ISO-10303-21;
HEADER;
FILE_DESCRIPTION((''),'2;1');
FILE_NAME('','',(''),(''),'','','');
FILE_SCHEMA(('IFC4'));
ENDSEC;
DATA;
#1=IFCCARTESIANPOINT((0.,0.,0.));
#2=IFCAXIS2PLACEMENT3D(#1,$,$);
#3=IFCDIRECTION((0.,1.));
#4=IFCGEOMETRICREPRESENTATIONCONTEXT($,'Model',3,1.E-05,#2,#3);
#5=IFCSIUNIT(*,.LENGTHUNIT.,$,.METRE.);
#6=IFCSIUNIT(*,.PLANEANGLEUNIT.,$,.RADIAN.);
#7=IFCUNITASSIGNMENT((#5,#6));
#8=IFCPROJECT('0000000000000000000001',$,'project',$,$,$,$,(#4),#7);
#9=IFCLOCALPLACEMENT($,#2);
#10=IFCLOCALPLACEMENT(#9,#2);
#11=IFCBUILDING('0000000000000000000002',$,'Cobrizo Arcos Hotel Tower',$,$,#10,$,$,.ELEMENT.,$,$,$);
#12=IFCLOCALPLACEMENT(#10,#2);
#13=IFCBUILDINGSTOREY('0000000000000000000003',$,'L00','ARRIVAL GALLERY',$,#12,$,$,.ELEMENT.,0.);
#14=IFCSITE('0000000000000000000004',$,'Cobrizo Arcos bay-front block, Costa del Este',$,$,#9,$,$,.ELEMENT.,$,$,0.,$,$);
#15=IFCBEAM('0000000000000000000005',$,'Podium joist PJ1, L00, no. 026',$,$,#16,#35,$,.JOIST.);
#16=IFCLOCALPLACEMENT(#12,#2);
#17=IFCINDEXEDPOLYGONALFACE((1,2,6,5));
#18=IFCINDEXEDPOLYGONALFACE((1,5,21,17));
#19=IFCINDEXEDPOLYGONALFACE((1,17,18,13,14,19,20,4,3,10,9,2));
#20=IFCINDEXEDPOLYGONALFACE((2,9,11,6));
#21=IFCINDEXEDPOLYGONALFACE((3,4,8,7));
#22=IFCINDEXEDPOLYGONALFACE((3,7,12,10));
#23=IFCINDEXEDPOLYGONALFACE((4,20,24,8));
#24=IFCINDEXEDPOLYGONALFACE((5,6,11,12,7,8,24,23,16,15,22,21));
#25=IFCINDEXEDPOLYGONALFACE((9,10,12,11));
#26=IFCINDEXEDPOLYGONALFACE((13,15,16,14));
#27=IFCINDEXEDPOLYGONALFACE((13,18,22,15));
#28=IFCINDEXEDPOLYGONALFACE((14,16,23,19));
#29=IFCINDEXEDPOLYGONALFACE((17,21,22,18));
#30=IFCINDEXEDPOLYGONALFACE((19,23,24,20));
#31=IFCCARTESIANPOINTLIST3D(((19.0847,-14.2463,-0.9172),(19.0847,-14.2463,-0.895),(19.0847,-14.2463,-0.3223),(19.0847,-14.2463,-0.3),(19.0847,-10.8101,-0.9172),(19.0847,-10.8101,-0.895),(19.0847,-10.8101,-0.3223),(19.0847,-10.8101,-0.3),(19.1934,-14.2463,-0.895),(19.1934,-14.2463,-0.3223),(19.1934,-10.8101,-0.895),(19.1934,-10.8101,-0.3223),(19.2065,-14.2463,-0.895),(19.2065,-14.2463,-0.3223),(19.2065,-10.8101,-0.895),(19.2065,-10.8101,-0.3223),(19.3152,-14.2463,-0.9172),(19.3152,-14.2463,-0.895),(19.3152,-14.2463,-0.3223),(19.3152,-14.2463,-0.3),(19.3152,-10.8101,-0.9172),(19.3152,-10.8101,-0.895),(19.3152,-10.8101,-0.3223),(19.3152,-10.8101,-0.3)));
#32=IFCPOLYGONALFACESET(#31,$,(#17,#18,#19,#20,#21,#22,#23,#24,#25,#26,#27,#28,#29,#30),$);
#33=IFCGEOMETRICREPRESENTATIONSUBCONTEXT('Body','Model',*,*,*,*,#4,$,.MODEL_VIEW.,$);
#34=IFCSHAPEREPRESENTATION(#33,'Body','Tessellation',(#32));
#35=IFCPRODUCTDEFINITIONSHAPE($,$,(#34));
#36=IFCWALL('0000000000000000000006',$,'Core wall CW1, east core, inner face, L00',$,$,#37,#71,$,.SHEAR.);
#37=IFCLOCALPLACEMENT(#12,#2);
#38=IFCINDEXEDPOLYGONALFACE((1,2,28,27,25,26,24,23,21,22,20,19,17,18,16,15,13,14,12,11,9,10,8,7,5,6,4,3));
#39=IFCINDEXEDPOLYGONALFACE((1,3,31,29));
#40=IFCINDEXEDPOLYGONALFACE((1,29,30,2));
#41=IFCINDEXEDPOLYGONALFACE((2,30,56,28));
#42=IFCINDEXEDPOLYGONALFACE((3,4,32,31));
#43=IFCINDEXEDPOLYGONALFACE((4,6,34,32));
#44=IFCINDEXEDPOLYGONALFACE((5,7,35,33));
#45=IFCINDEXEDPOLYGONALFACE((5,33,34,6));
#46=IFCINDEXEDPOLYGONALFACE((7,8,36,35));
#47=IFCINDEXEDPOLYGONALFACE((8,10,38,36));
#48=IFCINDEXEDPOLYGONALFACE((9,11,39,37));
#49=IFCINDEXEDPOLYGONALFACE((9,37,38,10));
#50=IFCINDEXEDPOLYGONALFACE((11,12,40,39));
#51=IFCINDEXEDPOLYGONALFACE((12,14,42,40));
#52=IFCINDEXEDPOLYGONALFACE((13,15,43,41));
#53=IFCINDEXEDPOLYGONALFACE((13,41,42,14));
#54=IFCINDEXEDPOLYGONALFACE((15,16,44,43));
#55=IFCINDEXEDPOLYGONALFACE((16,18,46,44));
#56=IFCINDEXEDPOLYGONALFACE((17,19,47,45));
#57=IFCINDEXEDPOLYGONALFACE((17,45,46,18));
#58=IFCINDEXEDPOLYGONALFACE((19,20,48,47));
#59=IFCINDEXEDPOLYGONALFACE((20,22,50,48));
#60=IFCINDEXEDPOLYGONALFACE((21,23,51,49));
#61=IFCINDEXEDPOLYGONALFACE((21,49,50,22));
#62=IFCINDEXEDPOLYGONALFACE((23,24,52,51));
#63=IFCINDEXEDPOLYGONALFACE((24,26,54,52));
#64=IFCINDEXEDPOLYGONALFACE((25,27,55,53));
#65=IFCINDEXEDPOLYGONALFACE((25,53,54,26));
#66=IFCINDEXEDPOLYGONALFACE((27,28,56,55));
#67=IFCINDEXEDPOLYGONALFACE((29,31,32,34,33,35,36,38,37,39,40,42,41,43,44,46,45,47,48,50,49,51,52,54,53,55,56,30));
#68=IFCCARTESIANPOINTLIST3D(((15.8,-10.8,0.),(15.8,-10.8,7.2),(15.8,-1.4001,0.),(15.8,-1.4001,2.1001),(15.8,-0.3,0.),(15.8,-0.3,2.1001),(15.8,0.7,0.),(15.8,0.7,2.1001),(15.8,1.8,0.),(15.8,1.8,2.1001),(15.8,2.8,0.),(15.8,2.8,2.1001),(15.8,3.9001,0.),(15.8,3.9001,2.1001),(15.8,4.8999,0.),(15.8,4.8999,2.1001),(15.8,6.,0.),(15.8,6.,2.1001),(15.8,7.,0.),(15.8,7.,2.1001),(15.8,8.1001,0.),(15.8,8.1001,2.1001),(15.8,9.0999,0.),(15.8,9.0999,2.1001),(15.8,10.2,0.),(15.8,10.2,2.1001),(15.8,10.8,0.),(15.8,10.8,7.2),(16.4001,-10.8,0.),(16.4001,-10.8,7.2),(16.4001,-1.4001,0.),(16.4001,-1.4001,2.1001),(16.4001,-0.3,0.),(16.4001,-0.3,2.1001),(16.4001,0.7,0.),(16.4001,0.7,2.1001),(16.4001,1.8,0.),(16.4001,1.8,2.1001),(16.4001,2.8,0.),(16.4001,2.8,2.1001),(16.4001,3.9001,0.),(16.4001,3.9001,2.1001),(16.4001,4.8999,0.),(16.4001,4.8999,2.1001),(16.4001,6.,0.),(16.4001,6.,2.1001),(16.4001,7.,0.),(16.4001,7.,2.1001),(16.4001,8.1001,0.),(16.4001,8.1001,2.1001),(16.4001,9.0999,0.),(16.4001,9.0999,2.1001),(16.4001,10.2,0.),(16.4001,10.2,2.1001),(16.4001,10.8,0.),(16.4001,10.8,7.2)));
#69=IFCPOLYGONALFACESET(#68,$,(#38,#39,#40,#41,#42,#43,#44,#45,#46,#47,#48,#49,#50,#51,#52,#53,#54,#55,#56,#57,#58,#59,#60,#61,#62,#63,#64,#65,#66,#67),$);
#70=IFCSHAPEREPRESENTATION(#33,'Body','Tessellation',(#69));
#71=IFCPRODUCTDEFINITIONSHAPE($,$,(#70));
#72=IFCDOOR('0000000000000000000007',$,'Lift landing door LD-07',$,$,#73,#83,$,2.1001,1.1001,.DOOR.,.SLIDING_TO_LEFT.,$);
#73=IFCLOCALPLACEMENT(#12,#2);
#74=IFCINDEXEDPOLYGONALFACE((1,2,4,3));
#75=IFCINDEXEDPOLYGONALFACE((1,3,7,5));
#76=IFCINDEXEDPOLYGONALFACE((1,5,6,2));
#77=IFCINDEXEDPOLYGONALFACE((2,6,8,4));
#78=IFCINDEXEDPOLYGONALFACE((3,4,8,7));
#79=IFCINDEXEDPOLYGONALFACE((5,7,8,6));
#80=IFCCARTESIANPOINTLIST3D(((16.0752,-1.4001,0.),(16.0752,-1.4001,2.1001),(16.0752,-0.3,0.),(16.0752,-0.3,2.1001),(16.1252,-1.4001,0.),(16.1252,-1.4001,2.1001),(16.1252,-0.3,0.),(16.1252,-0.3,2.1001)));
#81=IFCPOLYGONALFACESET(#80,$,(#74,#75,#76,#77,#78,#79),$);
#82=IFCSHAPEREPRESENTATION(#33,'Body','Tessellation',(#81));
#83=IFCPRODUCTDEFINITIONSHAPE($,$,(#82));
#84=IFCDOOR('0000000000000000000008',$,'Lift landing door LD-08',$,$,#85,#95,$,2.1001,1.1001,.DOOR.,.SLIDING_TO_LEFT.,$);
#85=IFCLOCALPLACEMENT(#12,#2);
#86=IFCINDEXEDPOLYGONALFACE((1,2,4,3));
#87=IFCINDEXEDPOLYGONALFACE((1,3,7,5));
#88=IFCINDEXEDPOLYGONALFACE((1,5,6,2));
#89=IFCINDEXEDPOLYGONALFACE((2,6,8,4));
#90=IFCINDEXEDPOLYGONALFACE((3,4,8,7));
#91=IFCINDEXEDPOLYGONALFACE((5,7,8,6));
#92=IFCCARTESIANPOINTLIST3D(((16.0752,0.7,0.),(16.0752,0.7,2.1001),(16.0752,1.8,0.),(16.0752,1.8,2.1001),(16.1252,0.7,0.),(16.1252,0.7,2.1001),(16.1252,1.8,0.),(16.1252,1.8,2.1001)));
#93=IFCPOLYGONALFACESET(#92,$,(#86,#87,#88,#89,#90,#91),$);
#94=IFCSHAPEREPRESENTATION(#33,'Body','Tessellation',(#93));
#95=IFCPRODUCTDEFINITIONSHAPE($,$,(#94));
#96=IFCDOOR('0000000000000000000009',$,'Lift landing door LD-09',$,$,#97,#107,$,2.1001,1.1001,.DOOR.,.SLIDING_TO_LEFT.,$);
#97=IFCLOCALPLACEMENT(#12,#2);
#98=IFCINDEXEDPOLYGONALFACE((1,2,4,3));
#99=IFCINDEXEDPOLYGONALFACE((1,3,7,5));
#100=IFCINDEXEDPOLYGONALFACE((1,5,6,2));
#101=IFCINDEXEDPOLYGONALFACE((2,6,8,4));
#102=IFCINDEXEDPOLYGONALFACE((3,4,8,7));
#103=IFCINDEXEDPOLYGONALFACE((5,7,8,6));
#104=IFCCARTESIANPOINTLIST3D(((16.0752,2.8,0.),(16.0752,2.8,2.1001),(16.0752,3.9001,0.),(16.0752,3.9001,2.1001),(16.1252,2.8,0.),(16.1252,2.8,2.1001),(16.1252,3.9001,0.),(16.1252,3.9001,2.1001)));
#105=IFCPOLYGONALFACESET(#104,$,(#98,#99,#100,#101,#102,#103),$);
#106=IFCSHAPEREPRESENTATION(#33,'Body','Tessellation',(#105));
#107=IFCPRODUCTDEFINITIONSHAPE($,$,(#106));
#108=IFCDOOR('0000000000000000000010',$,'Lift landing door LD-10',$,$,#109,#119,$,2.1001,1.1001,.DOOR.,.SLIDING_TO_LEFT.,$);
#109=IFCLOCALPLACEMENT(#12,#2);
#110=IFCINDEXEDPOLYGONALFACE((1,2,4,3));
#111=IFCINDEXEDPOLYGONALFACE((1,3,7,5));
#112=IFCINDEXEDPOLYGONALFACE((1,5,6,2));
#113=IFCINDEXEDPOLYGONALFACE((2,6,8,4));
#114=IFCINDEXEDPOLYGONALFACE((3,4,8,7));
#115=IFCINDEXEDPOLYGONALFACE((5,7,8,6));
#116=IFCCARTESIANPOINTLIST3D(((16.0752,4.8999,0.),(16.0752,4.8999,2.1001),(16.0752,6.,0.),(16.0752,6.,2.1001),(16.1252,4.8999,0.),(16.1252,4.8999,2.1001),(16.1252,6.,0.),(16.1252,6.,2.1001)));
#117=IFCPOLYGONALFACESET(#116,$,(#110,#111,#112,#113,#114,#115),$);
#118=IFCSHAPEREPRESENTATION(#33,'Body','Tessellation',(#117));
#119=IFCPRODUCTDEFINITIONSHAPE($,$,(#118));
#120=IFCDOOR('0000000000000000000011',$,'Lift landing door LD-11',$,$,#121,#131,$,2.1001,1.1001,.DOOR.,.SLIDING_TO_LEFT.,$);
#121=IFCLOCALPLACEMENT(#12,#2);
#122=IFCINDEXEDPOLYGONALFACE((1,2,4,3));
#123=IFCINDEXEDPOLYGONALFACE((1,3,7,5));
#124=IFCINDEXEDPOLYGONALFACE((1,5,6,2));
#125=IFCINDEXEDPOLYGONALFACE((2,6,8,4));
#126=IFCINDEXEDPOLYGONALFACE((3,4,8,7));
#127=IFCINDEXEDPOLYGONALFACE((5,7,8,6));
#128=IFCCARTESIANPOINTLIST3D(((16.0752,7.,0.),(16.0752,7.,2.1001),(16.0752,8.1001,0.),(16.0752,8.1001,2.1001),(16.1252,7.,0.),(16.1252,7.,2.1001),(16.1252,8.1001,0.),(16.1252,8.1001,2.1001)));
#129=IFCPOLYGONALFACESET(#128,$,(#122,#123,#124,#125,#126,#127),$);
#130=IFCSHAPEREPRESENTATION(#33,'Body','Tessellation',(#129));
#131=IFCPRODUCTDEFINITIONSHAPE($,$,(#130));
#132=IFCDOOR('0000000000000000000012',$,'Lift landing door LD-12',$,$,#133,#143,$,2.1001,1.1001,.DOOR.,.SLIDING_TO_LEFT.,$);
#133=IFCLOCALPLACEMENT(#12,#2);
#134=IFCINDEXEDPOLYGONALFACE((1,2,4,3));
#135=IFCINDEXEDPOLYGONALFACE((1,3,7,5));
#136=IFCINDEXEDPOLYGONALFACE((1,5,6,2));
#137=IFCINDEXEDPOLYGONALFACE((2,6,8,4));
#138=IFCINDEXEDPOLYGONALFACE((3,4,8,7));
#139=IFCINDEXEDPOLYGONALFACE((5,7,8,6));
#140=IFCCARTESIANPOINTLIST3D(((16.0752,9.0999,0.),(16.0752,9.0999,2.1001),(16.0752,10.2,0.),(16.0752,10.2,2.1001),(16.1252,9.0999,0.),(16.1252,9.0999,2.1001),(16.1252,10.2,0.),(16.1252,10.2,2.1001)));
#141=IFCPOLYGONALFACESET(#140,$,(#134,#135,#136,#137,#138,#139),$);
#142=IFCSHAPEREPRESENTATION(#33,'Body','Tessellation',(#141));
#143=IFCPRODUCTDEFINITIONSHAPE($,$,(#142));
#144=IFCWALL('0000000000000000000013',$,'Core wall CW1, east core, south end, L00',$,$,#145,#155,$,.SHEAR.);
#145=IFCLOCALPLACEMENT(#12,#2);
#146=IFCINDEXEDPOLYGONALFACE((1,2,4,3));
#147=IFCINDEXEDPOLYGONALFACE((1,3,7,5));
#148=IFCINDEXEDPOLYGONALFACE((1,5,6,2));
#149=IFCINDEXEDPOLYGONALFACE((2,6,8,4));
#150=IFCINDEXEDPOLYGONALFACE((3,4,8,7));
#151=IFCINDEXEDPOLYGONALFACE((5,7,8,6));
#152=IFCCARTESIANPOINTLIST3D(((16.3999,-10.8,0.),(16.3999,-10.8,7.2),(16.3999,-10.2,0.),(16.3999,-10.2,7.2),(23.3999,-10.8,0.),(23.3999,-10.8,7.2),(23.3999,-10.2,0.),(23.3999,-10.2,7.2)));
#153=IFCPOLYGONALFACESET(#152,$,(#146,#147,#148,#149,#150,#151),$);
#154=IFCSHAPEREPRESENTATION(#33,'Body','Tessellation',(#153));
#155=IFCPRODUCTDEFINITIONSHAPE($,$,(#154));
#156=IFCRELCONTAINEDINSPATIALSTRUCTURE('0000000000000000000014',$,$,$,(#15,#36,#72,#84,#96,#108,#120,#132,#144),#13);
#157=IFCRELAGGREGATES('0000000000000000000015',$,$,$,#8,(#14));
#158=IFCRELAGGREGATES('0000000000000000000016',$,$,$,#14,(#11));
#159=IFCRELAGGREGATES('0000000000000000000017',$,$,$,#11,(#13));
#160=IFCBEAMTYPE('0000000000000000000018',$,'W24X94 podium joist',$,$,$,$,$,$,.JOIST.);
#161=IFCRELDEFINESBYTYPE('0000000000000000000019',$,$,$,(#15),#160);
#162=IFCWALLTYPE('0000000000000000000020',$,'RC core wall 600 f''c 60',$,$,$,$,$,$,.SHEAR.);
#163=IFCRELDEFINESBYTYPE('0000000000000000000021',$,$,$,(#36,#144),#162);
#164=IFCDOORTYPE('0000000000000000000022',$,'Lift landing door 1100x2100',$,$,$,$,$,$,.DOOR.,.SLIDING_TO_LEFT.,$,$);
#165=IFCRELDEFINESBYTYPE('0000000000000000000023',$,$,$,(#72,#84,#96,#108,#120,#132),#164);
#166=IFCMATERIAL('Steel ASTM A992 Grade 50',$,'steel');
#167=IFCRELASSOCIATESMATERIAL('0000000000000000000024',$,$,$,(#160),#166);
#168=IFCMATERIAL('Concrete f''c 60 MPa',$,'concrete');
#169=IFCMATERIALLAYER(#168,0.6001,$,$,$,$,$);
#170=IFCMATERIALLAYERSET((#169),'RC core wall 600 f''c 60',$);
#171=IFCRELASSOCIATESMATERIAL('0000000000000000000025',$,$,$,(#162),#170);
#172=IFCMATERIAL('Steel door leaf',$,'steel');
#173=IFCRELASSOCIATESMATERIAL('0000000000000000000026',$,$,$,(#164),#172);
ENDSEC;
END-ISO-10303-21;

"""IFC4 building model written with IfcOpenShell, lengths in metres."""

from ifc_helpers import new_model, si_unit, direction, frame, frame_2d, origin, origin_2d, place, context, subcontext, project, spatial, rectangle, i_section, extrude, material, layer, layer_set, material_profile, profile_set, type_object, element, fill, save


model = new_model("IFC4")

# Units and contexts
model_context = context("Model", 3, precision=1e-05, world=origin(), true_north=direction((0.0, 1.0)))
body_context = subcontext(model_context, "Body", "Model", "MODEL_VIEW")
ifc_project = project(units=[si_unit("LENGTHUNIT", "METRE"), si_unit("PLANEANGLEUNIT", "RADIAN")], contexts=[model_context])

# Site, building, storey
site_placement = place(None, origin())
site = spatial("IfcSite", under=ifc_project, at=site_placement, Name="Cobrizo Arcos bay-front block, Costa del Este", CompositionType="ELEMENT", RefElevation=0.0)
building_placement = place(site_placement, origin())
building = spatial("IfcBuilding", under=site, at=building_placement, Name="Cobrizo Arcos Hotel Tower", CompositionType="ELEMENT")
storey_placement = place(building_placement, origin())
storey = spatial("IfcBuildingStorey", under=building, at=storey_placement, Name="L00", Description="ARRIVAL GALLERY", CompositionType="ELEMENT", Elevation=0.0)

# Beam
ifc_material_1 = material(Name="Steel ASTM A992 Grade 50", Category="steel")
ifc_material_profile = material_profile(ifc_material_1, i_section(OverallWidth=0.2305, OverallDepth=0.6172, WebThickness=0.0132, FlangeThickness=0.0222, at=origin_2d()), Name="W24X94")
ifc_profile_set = profile_set([ifc_material_profile], Name="Steel ASTM A992 Grade 50")
beam_type = type_object("IfcBeamType", Name="W24X94 podium joist", PredefinedType="JOIST", material=ifc_profile_set)
beam_placement = place(storey_placement, frame((19.2, -14.2463, -0.6086), z_axis=(0.0, 1.0, 0.0), x_axis=(-1.0, 0.0, 0.0)))
element("IfcBeam", 1, at=beam_placement, inside=storey, type_object=beam_type, Name="Podium joist PJ1, L00, no. 026", PredefinedType="JOIST", context=body_context, shape_type="SweptSolid", body=[
    extrude(i_section(OverallWidth=0.2305, OverallDepth=0.6172, WebThickness=0.0132, FlangeThickness=0.0222, at=origin_2d()), origin(), (0.0, 0.0, 1.0), 3.4363),
])

# Wall, openings, doors
ifc_material_2 = material(Name="Concrete f'c 60 MPa", Category="concrete")
ifc_layer = layer(ifc_material_2, 0.6001)
ifc_layer_set = layer_set([ifc_layer], Name="RC core wall 600 f'c 60")
wall_type = type_object("IfcWallType", Name="RC core wall 600 f'c 60", PredefinedType="SHEAR", material=ifc_layer_set)
wall_1_placement = place(storey_placement, frame((16.1001, -10.8, 0.0), z_axis=(0.0, 0.0, 1.0), x_axis=(0.0, 1.0, 0.0)))
wall_1 = element("IfcWall", 2, at=wall_1_placement, inside=storey, type_object=wall_type, Name="Core wall CW1, east core, inner face, L00", PredefinedType="SHEAR", context=body_context, shape_type="SweptSolid", body=[
    extrude(rectangle(XDim=21.6001, YDim=0.6001, at=frame_2d((10.8, 0.0))), origin(), (0.0, 0.0, 1.0), 7.2),
])
opening_1_placement = place(wall_1_placement, frame((9.3999, 0.0, 0.0)))
opening_1 = element("IfcOpeningElement", 3, at=opening_1_placement, cuts=wall_1, PredefinedType="OPENING", context=body_context, shape_type="SweptSolid", body=[
    extrude(rectangle(XDim=1.1001, YDim=2.1001, at=frame_2d((0.55, 1.05))), frame((0.0, 0.312, 0.0), z_axis=(0.0, -1.0, 0.0), x_axis=(1.0, 0.0, 0.0)), (0.0, 0.0, 1.0), 0.624),
])
opening_2_placement = place(wall_1_placement, frame((11.5, 0.0, 0.0)))
opening_2 = element("IfcOpeningElement", 4, at=opening_2_placement, cuts=wall_1, PredefinedType="OPENING", context=body_context, shape_type="SweptSolid", body=[
    extrude(rectangle(XDim=1.1001, YDim=2.1001, at=frame_2d((0.55, 1.05))), frame((0.0, 0.312, 0.0), z_axis=(0.0, -1.0, 0.0), x_axis=(1.0, 0.0, 0.0)), (0.0, 0.0, 1.0), 0.624),
])
opening_3_placement = place(wall_1_placement, frame((13.6001, 0.0, 0.0)))
opening_3 = element("IfcOpeningElement", 5, at=opening_3_placement, cuts=wall_1, PredefinedType="OPENING", context=body_context, shape_type="SweptSolid", body=[
    extrude(rectangle(XDim=1.1001, YDim=2.1001, at=frame_2d((0.55, 1.05))), frame((0.0, 0.312, 0.0), z_axis=(0.0, -1.0, 0.0), x_axis=(1.0, 0.0, 0.0)), (0.0, 0.0, 1.0), 0.624),
])
opening_4_placement = place(wall_1_placement, frame((15.7, 0.0, 0.0)))
opening_4 = element("IfcOpeningElement", 6, at=opening_4_placement, cuts=wall_1, PredefinedType="OPENING", context=body_context, shape_type="SweptSolid", body=[
    extrude(rectangle(XDim=1.1001, YDim=2.1001, at=frame_2d((0.55, 1.05))), frame((0.0, 0.312, 0.0), z_axis=(0.0, -1.0, 0.0), x_axis=(1.0, 0.0, 0.0)), (0.0, 0.0, 1.0), 0.624),
])
opening_5_placement = place(wall_1_placement, frame((17.8, 0.0, 0.0)))
opening_5 = element("IfcOpeningElement", 7, at=opening_5_placement, cuts=wall_1, PredefinedType="OPENING", context=body_context, shape_type="SweptSolid", body=[
    extrude(rectangle(XDim=1.1001, YDim=2.1001, at=frame_2d((0.55, 1.05))), frame((0.0, 0.312, 0.0), z_axis=(0.0, -1.0, 0.0), x_axis=(1.0, 0.0, 0.0)), (0.0, 0.0, 1.0), 0.624),
])
opening_6_placement = place(wall_1_placement, frame((19.8999, 0.0, 0.0)))
opening_6 = element("IfcOpeningElement", 8, at=opening_6_placement, cuts=wall_1, PredefinedType="OPENING", context=body_context, shape_type="SweptSolid", body=[
    extrude(rectangle(XDim=1.1001, YDim=2.1001, at=frame_2d((0.55, 1.05))), frame((0.0, 0.312, 0.0), z_axis=(0.0, -1.0, 0.0), x_axis=(1.0, 0.0, 0.0)), (0.0, 0.0, 1.0), 0.624),
])
ifc_material_3 = material(Name="Steel door leaf", Category="steel")
door_type = type_object("IfcDoorType", Name="Lift landing door 1100x2100", OperationType="SLIDING_TO_LEFT", PredefinedType="DOOR", material=ifc_material_3)
door_1_placement = place(opening_1_placement, origin())
door_1 = element("IfcDoor", 9, at=door_1_placement, inside=storey, type_object=door_type, Name="Lift landing door LD-07", OperationType="SLIDING_TO_LEFT", OverallHeight=2.1001, OverallWidth=1.1001, PredefinedType="DOOR", context=body_context, shape_type="SweptSolid", body=[
    extrude(rectangle(XDim=1.1001, YDim=2.1001, at=frame_2d((0.55, 1.05))), frame((0.0, 0.0249, 0.0), z_axis=(0.0, -1.0, 0.0), x_axis=(1.0, 0.0, 0.0)), (0.0, 0.0, 1.0), 0.05),
])
fill(opening_1, door_1)
door_2_placement = place(opening_2_placement, origin())
door_2 = element("IfcDoor", 10, at=door_2_placement, inside=storey, type_object=door_type, Name="Lift landing door LD-08", OperationType="SLIDING_TO_LEFT", OverallHeight=2.1001, OverallWidth=1.1001, PredefinedType="DOOR", context=body_context, shape_type="SweptSolid", body=[
    extrude(rectangle(XDim=1.1001, YDim=2.1001, at=frame_2d((0.55, 1.05))), frame((0.0, 0.0249, 0.0), z_axis=(0.0, -1.0, 0.0), x_axis=(1.0, 0.0, 0.0)), (0.0, 0.0, 1.0), 0.05),
])
fill(opening_2, door_2)
door_3_placement = place(opening_3_placement, origin())
door_3 = element("IfcDoor", 11, at=door_3_placement, inside=storey, type_object=door_type, Name="Lift landing door LD-09", OperationType="SLIDING_TO_LEFT", OverallHeight=2.1001, OverallWidth=1.1001, PredefinedType="DOOR", context=body_context, shape_type="SweptSolid", body=[
    extrude(rectangle(XDim=1.1001, YDim=2.1001, at=frame_2d((0.55, 1.05))), frame((0.0, 0.0249, 0.0), z_axis=(0.0, -1.0, 0.0), x_axis=(1.0, 0.0, 0.0)), (0.0, 0.0, 1.0), 0.05),
])
fill(opening_3, door_3)
door_4_placement = place(opening_4_placement, origin())
door_4 = element("IfcDoor", 12, at=door_4_placement, inside=storey, type_object=door_type, Name="Lift landing door LD-10", OperationType="SLIDING_TO_LEFT", OverallHeight=2.1001, OverallWidth=1.1001, PredefinedType="DOOR", context=body_context, shape_type="SweptSolid", body=[
    extrude(rectangle(XDim=1.1001, YDim=2.1001, at=frame_2d((0.55, 1.05))), frame((0.0, 0.0249, 0.0), z_axis=(0.0, -1.0, 0.0), x_axis=(1.0, 0.0, 0.0)), (0.0, 0.0, 1.0), 0.05),
])
fill(opening_4, door_4)
door_5_placement = place(opening_5_placement, origin())
door_5 = element("IfcDoor", 13, at=door_5_placement, inside=storey, type_object=door_type, Name="Lift landing door LD-11", OperationType="SLIDING_TO_LEFT", OverallHeight=2.1001, OverallWidth=1.1001, PredefinedType="DOOR", context=body_context, shape_type="SweptSolid", body=[
    extrude(rectangle(XDim=1.1001, YDim=2.1001, at=frame_2d((0.55, 1.05))), frame((0.0, 0.0249, 0.0), z_axis=(0.0, -1.0, 0.0), x_axis=(1.0, 0.0, 0.0)), (0.0, 0.0, 1.0), 0.05),
])
fill(opening_5, door_5)
door_6_placement = place(opening_6_placement, origin())
door_6 = element("IfcDoor", 14, at=door_6_placement, inside=storey, type_object=door_type, Name="Lift landing door LD-12", OperationType="SLIDING_TO_LEFT", OverallHeight=2.1001, OverallWidth=1.1001, PredefinedType="DOOR", context=body_context, shape_type="SweptSolid", body=[
    extrude(rectangle(XDim=1.1001, YDim=2.1001, at=frame_2d((0.55, 1.05))), frame((0.0, 0.0249, 0.0), z_axis=(0.0, -1.0, 0.0), x_axis=(1.0, 0.0, 0.0)), (0.0, 0.0, 1.0), 0.05),
])
fill(opening_6, door_6)

# Wall
wall_2_placement = place(storey_placement, frame((16.3999, -10.5, 0.0), z_axis=(0.0, 0.0, 1.0), x_axis=(1.0, 0.0, 0.0)))
element("IfcWall", 15, at=wall_2_placement, inside=storey, type_object=wall_type, Name="Core wall CW1, east core, south end, L00", PredefinedType="SHEAR", context=body_context, shape_type="SweptSolid", body=[
    extrude(rectangle(XDim=7.0, YDim=0.6001, at=frame_2d((3.5, 0.0))), origin(), (0.0, 0.0, 1.0), 7.2),
])

save(model, "model.ifc")
